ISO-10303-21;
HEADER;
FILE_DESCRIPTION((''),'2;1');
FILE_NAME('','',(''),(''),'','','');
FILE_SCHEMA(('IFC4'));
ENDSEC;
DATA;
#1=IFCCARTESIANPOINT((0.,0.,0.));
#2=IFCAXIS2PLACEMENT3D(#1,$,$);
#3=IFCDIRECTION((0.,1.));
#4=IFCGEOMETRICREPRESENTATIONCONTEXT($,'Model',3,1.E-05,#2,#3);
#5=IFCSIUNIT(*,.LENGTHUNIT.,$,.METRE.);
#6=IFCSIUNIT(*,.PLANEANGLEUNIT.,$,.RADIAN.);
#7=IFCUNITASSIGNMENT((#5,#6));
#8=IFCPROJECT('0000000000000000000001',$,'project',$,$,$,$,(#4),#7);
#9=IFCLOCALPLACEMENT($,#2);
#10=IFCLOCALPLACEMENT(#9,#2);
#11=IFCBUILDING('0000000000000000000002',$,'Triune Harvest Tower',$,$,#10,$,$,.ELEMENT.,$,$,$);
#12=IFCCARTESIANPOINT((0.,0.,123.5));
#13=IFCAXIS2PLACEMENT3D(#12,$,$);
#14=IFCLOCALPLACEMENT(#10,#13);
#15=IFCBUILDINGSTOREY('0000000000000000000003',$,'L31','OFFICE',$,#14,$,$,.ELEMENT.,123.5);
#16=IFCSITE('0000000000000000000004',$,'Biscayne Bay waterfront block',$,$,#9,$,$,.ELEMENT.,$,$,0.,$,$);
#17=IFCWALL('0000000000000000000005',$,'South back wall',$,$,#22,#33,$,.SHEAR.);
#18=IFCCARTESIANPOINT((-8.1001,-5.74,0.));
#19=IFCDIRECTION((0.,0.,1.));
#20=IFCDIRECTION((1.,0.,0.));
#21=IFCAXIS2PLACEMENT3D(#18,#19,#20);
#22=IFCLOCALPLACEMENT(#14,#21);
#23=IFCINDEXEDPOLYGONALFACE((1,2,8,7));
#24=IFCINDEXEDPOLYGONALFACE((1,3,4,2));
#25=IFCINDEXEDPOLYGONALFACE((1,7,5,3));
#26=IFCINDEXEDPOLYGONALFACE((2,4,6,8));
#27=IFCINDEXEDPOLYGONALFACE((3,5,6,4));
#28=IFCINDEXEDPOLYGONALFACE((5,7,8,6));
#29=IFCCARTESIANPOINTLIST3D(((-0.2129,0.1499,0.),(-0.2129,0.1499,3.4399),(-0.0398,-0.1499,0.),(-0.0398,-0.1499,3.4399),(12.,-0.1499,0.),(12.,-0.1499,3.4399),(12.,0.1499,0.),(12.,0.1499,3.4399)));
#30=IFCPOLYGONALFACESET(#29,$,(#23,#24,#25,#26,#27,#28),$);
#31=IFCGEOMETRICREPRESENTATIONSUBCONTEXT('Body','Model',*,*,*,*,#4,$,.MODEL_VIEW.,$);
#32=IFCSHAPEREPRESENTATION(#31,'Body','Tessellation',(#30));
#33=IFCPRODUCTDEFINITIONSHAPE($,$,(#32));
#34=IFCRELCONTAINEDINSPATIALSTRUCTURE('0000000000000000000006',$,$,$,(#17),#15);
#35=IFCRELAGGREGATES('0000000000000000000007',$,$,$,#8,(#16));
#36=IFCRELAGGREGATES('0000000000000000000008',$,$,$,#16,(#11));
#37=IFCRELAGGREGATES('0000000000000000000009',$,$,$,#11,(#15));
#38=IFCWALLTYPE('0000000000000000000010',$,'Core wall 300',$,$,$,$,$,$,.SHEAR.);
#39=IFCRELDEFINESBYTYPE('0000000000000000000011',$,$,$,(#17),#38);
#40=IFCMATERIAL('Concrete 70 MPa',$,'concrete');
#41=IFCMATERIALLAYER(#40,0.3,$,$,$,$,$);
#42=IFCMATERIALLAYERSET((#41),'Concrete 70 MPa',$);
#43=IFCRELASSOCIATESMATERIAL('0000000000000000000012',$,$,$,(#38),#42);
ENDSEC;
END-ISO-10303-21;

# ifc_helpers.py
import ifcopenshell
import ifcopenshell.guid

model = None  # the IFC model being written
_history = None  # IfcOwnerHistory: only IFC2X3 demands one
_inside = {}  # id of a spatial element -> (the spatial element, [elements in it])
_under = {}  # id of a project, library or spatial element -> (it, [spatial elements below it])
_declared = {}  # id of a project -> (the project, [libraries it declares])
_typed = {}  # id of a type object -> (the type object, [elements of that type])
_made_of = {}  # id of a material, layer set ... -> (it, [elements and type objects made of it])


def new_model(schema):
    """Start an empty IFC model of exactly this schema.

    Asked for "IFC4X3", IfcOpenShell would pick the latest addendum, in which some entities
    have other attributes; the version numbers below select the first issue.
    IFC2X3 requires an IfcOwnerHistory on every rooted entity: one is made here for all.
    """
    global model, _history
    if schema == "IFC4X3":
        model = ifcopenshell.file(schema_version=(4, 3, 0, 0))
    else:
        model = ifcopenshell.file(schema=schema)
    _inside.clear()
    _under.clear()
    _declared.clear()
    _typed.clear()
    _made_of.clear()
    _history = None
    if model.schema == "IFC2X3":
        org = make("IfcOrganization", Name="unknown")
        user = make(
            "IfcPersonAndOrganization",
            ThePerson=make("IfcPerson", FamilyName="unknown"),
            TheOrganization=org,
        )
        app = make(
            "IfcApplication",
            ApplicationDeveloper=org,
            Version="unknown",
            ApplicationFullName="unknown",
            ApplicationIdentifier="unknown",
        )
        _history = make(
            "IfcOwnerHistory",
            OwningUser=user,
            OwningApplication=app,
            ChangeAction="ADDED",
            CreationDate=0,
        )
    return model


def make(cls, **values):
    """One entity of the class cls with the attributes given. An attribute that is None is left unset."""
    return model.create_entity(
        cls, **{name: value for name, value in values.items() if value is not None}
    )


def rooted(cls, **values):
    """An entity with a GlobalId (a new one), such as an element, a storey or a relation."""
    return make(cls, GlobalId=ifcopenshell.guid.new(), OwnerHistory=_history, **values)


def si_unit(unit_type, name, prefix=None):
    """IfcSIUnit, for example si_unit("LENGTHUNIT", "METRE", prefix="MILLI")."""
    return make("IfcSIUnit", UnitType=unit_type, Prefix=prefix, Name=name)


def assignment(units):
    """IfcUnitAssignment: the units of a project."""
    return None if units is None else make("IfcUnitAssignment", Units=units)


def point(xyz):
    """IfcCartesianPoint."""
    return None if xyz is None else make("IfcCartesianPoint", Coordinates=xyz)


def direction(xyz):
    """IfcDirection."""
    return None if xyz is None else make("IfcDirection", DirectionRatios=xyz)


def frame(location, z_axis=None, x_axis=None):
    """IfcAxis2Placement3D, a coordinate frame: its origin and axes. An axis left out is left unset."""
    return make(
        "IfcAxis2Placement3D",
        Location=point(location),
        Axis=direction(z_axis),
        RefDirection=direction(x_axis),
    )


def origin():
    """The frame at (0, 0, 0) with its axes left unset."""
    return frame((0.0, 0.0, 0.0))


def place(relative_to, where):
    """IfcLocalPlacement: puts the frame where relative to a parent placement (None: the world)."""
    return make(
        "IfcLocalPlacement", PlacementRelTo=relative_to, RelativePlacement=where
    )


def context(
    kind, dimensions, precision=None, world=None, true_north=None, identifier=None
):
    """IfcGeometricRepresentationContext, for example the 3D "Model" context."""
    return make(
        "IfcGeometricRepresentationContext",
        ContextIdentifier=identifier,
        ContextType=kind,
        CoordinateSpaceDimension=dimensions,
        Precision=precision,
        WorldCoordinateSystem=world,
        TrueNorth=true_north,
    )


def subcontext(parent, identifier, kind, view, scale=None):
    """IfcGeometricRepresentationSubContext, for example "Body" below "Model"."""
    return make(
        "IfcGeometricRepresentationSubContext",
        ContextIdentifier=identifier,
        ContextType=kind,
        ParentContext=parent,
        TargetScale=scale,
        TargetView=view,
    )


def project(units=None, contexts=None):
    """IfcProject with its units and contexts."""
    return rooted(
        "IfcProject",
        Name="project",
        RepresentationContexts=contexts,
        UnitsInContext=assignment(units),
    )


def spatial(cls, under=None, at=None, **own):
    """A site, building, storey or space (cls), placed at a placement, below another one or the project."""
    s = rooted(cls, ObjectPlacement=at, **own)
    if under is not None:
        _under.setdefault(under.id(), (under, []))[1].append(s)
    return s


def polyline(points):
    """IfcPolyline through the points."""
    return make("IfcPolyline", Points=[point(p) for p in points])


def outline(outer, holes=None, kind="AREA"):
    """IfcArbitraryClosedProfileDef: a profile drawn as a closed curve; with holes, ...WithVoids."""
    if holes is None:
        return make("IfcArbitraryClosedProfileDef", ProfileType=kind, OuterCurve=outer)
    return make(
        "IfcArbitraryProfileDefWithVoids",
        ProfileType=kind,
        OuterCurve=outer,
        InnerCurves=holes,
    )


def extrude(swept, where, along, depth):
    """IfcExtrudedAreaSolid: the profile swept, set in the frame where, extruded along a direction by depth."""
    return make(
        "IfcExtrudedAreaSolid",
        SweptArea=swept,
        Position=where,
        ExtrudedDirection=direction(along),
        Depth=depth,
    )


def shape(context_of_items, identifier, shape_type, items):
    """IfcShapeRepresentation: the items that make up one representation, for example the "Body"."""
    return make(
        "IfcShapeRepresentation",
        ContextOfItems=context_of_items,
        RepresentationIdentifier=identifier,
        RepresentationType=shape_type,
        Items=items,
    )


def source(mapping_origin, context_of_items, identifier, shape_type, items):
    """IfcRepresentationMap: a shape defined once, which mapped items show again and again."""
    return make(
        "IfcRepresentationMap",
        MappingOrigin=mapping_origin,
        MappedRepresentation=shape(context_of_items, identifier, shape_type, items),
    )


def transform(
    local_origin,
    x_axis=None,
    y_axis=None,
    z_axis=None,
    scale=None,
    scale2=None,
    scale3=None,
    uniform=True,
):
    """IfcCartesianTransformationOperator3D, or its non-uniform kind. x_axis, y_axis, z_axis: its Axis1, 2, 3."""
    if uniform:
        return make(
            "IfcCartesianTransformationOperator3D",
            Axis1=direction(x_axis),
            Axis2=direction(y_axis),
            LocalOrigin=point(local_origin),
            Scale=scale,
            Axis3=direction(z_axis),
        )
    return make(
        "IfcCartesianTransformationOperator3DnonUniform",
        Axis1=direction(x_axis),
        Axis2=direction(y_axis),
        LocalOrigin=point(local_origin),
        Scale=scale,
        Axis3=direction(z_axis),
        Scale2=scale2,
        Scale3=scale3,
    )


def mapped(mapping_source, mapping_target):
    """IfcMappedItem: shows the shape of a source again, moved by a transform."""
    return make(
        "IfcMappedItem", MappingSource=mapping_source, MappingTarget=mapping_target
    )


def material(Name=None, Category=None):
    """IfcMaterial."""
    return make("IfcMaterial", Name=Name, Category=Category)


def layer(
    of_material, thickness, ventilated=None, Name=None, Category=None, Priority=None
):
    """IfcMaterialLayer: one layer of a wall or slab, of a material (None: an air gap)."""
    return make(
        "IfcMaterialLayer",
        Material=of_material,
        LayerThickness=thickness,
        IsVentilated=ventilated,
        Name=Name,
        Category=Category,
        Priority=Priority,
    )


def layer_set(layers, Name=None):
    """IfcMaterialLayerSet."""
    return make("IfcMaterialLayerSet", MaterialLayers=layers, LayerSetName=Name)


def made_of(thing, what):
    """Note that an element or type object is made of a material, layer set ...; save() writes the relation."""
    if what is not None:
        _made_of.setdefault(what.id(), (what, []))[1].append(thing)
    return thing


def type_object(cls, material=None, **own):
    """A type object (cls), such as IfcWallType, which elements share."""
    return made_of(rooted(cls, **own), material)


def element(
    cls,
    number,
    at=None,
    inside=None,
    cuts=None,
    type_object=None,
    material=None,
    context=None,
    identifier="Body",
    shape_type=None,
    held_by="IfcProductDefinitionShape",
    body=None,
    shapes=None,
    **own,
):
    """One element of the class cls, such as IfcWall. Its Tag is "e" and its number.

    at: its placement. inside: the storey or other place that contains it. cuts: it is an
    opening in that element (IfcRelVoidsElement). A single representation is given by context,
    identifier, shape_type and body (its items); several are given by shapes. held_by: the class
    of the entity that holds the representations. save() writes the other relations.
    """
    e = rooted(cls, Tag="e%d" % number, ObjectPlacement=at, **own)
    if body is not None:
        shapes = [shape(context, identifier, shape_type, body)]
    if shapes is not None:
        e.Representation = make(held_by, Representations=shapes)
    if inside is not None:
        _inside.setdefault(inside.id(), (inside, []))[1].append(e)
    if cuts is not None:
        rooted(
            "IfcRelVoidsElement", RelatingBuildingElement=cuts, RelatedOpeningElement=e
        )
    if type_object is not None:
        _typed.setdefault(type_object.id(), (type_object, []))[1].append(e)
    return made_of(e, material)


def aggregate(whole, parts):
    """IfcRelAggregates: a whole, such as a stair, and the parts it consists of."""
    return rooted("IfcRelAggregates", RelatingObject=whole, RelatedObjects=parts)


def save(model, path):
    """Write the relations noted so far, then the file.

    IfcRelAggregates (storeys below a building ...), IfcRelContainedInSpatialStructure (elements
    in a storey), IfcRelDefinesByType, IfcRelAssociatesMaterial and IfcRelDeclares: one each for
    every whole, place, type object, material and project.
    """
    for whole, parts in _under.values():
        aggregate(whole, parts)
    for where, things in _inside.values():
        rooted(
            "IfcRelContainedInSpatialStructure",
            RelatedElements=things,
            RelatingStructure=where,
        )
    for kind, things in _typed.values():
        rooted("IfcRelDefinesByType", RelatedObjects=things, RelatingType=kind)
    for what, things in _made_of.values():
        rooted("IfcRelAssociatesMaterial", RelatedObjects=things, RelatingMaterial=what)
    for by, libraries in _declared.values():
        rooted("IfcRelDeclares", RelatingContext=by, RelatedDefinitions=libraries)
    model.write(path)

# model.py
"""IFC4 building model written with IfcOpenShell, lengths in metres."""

from ifc_helpers import new_model, si_unit, direction, frame, origin, place, context, subcontext, project, spatial, polyline, outline, extrude, source, transform, mapped, material, layer, layer_set, type_object, element, save


model = new_model("IFC4")

# Units and contexts
model_context = context("Model", 3, precision=1e-05, world=origin(), true_north=direction((0.0, 1.0)))
body_context = subcontext(model_context, "Body", "Model", "MODEL_VIEW")
ifc_project = project(units=[si_unit("LENGTHUNIT", "METRE"), si_unit("PLANEANGLEUNIT", "RADIAN")], contexts=[model_context])

# Site, building, storey
site_placement = place(None, origin())
site = spatial("IfcSite", under=ifc_project, at=site_placement, Name="Biscayne Bay waterfront block", CompositionType="ELEMENT", RefElevation=0.0)
building_placement = place(site_placement, origin())
building = spatial("IfcBuilding", under=site, at=building_placement, Name="Triune Harvest Tower", CompositionType="ELEMENT")
storey_placement = place(building_placement, frame((0.0, 0.0, 123.5)))
storey = spatial("IfcBuildingStorey", under=building, at=storey_placement, Name="L31", Description="OFFICE", CompositionType="ELEMENT", Elevation=123.5)

# Shared definitions
ifc_material_1 = material(Name="Concrete 70 MPa", Category="concrete")
ifc_layer_1 = layer(ifc_material_1, 0.3)
ifc_layer_set_1 = layer_set([ifc_layer_1], Name="Concrete 70 MPa")
wall_type_1 = type_object("IfcWallType", Name="Core wall 300", PredefinedType="SHEAR", material=ifc_layer_set_1)

# Wall
shared_shape_1 = source(origin(), body_context, "Body", "SweptSolid", [
    extrude(outline(polyline([(12.0, -0.1499), (-0.0398, -0.1499), (-0.2129, 0.1499), (12.0, 0.1499), (12.0, -0.1499)])), origin(), (0.0, 0.0, 1.0), 3.4399),
])
wall_1_placement = place(storey_placement, frame((-8.1001, -5.74, 0.0), z_axis=(0.0, 0.0, 1.0), x_axis=(1.0, 0.0, 0.0)))
element("IfcWall", 1, at=wall_1_placement, inside=storey, type_object=wall_type_1, Name="South back wall", PredefinedType="SHEAR", context=body_context, shape_type="MappedRepresentation", body=[
    mapped(shared_shape_1, transform((0.0, 0.0, 0.0), scale=1.0)),
])

save(model, "model.ifc")
